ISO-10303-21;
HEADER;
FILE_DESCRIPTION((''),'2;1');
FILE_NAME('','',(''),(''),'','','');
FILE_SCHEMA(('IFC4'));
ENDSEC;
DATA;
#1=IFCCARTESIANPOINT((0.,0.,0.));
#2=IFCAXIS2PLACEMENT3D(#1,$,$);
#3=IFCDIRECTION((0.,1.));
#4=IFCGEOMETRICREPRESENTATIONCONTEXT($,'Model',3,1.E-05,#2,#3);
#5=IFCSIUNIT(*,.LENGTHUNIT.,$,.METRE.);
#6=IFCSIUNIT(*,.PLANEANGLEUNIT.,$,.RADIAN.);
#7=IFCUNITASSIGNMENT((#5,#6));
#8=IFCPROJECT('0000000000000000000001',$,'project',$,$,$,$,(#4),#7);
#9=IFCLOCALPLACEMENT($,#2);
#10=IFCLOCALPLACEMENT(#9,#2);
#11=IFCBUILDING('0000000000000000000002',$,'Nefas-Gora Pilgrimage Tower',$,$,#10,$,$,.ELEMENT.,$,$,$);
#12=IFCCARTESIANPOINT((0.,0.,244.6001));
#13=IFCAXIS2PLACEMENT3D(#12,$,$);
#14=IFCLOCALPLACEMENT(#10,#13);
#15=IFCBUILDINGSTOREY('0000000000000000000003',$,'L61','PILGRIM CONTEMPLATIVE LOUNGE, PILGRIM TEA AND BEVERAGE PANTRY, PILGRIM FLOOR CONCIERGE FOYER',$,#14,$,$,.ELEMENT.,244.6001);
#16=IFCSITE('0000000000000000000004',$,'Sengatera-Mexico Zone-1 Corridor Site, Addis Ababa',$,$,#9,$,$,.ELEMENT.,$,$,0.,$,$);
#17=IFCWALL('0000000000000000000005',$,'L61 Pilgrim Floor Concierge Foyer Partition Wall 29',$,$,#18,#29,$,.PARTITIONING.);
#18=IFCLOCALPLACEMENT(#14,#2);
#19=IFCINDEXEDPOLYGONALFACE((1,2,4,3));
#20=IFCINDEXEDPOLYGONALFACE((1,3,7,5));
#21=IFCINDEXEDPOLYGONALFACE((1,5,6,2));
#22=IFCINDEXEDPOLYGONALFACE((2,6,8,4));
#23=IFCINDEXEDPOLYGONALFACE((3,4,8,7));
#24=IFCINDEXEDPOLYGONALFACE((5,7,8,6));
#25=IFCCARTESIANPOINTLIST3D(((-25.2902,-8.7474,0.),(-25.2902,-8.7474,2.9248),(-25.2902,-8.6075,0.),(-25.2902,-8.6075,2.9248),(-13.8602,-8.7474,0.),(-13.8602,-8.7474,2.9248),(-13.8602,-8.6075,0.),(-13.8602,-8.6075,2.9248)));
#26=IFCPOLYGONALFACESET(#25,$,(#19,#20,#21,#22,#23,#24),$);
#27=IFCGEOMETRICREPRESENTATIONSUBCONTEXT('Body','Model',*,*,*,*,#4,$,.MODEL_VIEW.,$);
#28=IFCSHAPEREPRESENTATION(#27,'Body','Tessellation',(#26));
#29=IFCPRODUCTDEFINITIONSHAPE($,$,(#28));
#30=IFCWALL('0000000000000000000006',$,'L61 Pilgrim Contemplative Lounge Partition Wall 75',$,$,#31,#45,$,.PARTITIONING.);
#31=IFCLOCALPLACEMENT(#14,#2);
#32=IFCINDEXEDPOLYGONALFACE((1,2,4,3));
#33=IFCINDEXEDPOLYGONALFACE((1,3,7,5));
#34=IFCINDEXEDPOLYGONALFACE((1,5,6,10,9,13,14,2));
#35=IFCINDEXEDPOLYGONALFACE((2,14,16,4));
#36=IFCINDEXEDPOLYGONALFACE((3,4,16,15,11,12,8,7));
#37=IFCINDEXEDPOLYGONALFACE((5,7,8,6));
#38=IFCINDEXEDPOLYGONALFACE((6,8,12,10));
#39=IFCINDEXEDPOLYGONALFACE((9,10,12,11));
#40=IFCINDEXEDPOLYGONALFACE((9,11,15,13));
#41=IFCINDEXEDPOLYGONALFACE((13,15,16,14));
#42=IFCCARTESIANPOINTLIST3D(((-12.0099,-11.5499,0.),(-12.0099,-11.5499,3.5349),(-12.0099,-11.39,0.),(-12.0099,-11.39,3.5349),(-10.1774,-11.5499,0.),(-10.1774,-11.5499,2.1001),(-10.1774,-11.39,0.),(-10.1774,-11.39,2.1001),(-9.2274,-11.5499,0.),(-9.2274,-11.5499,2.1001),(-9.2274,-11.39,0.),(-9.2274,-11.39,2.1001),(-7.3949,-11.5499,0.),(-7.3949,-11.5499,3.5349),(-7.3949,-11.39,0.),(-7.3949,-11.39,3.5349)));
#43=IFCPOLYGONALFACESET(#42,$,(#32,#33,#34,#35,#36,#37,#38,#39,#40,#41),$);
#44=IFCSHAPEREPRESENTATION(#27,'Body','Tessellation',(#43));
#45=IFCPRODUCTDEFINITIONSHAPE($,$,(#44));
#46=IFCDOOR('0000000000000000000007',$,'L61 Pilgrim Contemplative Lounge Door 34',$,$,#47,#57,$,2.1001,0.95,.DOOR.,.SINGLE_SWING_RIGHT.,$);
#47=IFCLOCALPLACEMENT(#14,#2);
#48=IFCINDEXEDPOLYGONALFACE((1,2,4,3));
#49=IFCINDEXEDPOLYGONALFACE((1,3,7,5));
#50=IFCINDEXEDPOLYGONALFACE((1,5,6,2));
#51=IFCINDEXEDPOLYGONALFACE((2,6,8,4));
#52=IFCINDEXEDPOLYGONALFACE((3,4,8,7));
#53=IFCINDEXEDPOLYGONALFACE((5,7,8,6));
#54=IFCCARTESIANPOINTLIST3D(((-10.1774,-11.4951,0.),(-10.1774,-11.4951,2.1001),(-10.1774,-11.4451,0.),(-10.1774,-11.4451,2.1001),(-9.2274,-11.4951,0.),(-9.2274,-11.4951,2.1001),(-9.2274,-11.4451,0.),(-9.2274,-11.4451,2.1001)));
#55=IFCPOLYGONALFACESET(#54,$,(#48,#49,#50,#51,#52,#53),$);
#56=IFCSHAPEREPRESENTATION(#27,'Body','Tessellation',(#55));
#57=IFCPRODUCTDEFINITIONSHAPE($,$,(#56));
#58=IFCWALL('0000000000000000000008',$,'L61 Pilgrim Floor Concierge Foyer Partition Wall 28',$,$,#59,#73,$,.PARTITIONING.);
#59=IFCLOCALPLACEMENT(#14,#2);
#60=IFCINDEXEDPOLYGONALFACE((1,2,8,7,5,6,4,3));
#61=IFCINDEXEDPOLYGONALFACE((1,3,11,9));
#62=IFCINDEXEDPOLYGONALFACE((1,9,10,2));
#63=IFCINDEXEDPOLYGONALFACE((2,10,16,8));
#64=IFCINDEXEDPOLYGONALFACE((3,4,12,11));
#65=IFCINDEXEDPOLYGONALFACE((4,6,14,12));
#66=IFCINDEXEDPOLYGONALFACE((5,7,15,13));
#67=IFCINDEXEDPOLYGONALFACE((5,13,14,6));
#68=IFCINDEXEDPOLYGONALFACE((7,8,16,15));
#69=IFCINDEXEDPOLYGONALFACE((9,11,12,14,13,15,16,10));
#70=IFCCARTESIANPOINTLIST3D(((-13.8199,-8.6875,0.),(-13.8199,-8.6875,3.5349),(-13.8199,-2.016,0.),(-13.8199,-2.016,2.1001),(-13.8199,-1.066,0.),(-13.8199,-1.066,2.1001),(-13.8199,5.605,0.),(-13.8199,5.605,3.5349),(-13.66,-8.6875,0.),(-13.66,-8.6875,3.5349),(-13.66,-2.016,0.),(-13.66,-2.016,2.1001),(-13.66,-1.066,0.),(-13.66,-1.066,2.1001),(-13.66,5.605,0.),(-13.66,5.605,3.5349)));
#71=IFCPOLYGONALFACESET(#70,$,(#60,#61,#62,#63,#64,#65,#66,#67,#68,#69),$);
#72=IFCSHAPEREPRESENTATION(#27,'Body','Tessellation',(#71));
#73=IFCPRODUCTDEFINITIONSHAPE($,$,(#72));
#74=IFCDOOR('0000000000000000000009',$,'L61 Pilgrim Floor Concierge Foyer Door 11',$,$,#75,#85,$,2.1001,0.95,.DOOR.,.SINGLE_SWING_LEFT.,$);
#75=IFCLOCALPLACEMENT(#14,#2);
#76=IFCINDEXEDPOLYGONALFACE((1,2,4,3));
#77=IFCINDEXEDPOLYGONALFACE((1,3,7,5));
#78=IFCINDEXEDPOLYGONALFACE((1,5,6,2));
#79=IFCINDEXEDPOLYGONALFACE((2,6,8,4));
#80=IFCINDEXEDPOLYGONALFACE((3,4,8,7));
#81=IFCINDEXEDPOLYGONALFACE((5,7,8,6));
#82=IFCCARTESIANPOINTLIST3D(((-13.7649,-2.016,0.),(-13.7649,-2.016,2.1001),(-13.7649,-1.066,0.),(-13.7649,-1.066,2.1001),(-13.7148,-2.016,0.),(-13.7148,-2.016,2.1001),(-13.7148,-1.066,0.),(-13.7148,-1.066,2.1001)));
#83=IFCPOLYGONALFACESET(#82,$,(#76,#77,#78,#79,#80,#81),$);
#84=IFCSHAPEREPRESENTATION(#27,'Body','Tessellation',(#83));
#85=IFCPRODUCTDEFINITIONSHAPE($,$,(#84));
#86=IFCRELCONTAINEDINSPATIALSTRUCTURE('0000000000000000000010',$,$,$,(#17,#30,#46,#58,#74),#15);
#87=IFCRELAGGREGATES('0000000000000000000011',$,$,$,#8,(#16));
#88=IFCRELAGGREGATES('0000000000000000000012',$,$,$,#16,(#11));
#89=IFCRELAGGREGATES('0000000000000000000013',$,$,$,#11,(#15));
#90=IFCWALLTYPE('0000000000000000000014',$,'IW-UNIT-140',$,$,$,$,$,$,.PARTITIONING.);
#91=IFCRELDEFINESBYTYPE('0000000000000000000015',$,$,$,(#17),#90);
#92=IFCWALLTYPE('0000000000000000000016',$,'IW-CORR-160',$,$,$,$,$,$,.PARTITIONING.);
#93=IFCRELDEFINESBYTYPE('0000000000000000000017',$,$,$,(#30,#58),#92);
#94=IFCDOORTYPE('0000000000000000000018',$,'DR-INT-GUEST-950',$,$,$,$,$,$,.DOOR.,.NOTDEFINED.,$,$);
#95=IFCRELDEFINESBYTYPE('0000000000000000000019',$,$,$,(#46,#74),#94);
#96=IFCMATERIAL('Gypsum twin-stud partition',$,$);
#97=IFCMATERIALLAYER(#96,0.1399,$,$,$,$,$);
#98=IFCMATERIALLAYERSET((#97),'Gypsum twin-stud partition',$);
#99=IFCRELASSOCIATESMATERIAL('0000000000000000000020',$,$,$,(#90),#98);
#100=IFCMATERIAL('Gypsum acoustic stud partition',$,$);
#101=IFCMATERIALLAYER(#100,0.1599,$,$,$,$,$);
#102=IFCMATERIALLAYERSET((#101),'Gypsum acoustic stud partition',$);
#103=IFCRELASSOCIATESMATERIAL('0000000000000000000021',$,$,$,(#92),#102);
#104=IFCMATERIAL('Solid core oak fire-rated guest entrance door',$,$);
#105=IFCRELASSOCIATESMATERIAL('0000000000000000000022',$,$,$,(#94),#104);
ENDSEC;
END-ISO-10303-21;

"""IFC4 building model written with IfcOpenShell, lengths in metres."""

from ifc_helpers import new_model, si_unit, direction, frame, frame_2d, origin, place, context, subcontext, project, spatial, rectangle, extrude, source, transform, mapped, material, layer, layer_set, type_object, element, fill, save


model = new_model("IFC4")

# Units and contexts
model_context = context("Model", 3, precision=1e-05, world=origin(), true_north=direction((0.0, 1.0)))
body_context = subcontext(model_context, "Body", "Model", "MODEL_VIEW")
ifc_project = project(units=[si_unit("LENGTHUNIT", "METRE"), si_unit("PLANEANGLEUNIT", "RADIAN")], contexts=[model_context])

# Site, building, storey
site_placement = place(None, origin())
site = spatial("IfcSite", under=ifc_project, at=site_placement, Name="Sengatera-Mexico Zone-1 Corridor Site, Addis Ababa", CompositionType="ELEMENT", RefElevation=0.0)
building_placement = place(site_placement, origin())
building = spatial("IfcBuilding", under=site, at=building_placement, Name="Nefas-Gora Pilgrimage Tower", CompositionType="ELEMENT")
storey_placement = place(building_placement, frame((0.0, 0.0, 244.6001)))
storey = spatial("IfcBuildingStorey", under=building, at=storey_placement, Name="L61", Description="PILGRIM CONTEMPLATIVE LOUNGE, PILGRIM TEA AND BEVERAGE PANTRY, PILGRIM FLOOR CONCIERGE FOYER", CompositionType="ELEMENT", Elevation=244.6001)

# Wall
ifc_material_1 = material(Name="Gypsum twin-stud partition")
ifc_layer_1 = layer(ifc_material_1, 0.1399)
ifc_layer_set_1 = layer_set([ifc_layer_1], Name="Gypsum twin-stud partition")
wall_type_1 = type_object("IfcWallType", Name="IW-UNIT-140", PredefinedType="PARTITIONING", material=ifc_layer_set_1)
shared_shape_1 = source(origin(), body_context, "Body", "SweptSolid", [
    extrude(rectangle(XDim=11.4299, YDim=0.1399, at=frame_2d((5.7148, 0.0))), origin(), (0.0, 0.0, 1.0), 2.9248),
])
wall_1_placement = place(storey_placement, frame((-25.29, -8.6775, 0.0), z_axis=(0.0, 0.0, 1.0), x_axis=(1.0, 0.0, 0.0)))
element("IfcWall", 1, at=wall_1_placement, inside=storey, type_object=wall_type_1, Name="L61 Pilgrim Floor Concierge Foyer Partition Wall 29", PredefinedType="PARTITIONING", context=body_context, shape_type="MappedRepresentation", body=[
    mapped(shared_shape_1, transform((0.0, 0.0, 0.0), x_axis=(1.0, 0.0, 0.0), y_axis=(0.0, 1.0, 0.0), z_axis=(0.0, 0.0, 1.0), scale=1.0)),
])

# Walls, openings, doors
ifc_material_2 = material(Name="Gypsum acoustic stud partition")
ifc_layer_2 = layer(ifc_material_2, 0.1599)
ifc_layer_set_2 = layer_set([ifc_layer_2], Name="Gypsum acoustic stud partition")
wall_type_2 = type_object("IfcWallType", Name="IW-CORR-160", PredefinedType="PARTITIONING", material=ifc_layer_set_2)
shared_shape_2 = source(origin(), body_context, "Body", "SweptSolid", [
    extrude(rectangle(XDim=4.615, YDim=0.1599, at=frame_2d((2.3076, 0.0))), origin(), (0.0, 0.0, 1.0), 3.5349),
])
wall_2_placement = place(storey_placement, frame((-12.01, -11.47, 0.0), z_axis=(0.0, 0.0, 1.0), x_axis=(1.0, 0.0, 0.0)))
wall_2 = element("IfcWall", 2, at=wall_2_placement, inside=storey, type_object=wall_type_2, Name="L61 Pilgrim Contemplative Lounge Partition Wall 75", PredefinedType="PARTITIONING", context=body_context, shape_type="MappedRepresentation", body=[
    mapped(shared_shape_2, transform((0.0, 0.0, 0.0), x_axis=(1.0, 0.0, 0.0), y_axis=(0.0, 1.0, 0.0), z_axis=(0.0, 0.0, 1.0), scale=1.0)),
])
opening_1_placement = place(wall_2_placement, frame((1.8325, 0.0, 0.0)))
opening_1 = element("IfcOpeningElement", 3, at=opening_1_placement, cuts=wall_2, PredefinedType="OPENING", context=body_context, shape_type="SweptSolid", body=[
    extrude(rectangle(XDim=0.95, YDim=2.1001, at=frame_2d((0.4751, 1.05))), frame((0.0, 0.0898, 0.0), z_axis=(0.0, -1.0, 0.0), x_axis=(1.0, 0.0, 0.0)), (0.0, 0.0, 1.0), 0.1799),
])
ifc_material_3 = material(Name="Solid core oak fire-rated guest entrance door")
door_type_1 = type_object("IfcDoorType", Name="DR-INT-GUEST-950", OperationType="NOTDEFINED", PredefinedType="DOOR", material=ifc_material_3)
shared_shape_3 = source(origin(), body_context, "Body", "SweptSolid", [
    extrude(rectangle(XDim=0.95, YDim=2.1001, at=frame_2d((0.4751, 1.05))), frame((0.0, 0.0249, 0.0), z_axis=(0.0, -1.0, 0.0), x_axis=(1.0, 0.0, 0.0)), (0.0, 0.0, 1.0), 0.05),
])
door_1_placement = place(opening_1_placement, origin())
door_1 = element("IfcDoor", 4, at=door_1_placement, inside=storey, type_object=door_type_1, Name="L61 Pilgrim Contemplative Lounge Door 34", OperationType="SINGLE_SWING_RIGHT", OverallHeight=2.1001, OverallWidth=0.95, PredefinedType="DOOR", context=body_context, shape_type="MappedRepresentation", body=[
    mapped(shared_shape_3, transform((0.0, 0.0, 0.0), x_axis=(1.0, 0.0, 0.0), y_axis=(0.0, 1.0, 0.0), z_axis=(0.0, 0.0, 1.0), scale=1.0)),
])
fill(opening_1, door_1)
shared_shape_4 = source(origin(), body_context, "Body", "SweptSolid", [
    extrude(rectangle(XDim=14.2925, YDim=0.1599, at=frame_2d((7.1462, 0.0))), origin(), (0.0, 0.0, 1.0), 3.5349),
])
wall_3_placement = place(storey_placement, frame((-13.74, -8.6875, 0.0), z_axis=(0.0, 0.0, 1.0), x_axis=(0.0, 1.0, 0.0)))
wall_3 = element("IfcWall", 5, at=wall_3_placement, inside=storey, type_object=wall_type_2, Name="L61 Pilgrim Floor Concierge Foyer Partition Wall 28", PredefinedType="PARTITIONING", context=body_context, shape_type="MappedRepresentation", body=[
    mapped(shared_shape_4, transform((0.0, 0.0, 0.0), x_axis=(1.0, 0.0, 0.0), y_axis=(0.0, 1.0, 0.0), z_axis=(0.0, 0.0, 1.0), scale=1.0)),
])
opening_2_placement = place(wall_3_placement, frame((6.6714, 0.0, 0.0)))
opening_2 = element("IfcOpeningElement", 6, at=opening_2_placement, cuts=wall_3, PredefinedType="OPENING", context=body_context, shape_type="SweptSolid", body=[
    extrude(rectangle(XDim=0.95, YDim=2.1001, at=frame_2d((0.4751, 1.05))), frame((0.0, 0.0898, 0.0), z_axis=(0.0, -1.0, 0.0), x_axis=(1.0, 0.0, 0.0)), (0.0, 0.0, 1.0), 0.1799),
])
door_2_placement = place(opening_2_placement, origin())
door_2 = element("IfcDoor", 7, at=door_2_placement, inside=storey, type_object=door_type_1, Name="L61 Pilgrim Floor Concierge Foyer Door 11", OperationType="SINGLE_SWING_LEFT", OverallHeight=2.1001, OverallWidth=0.95, PredefinedType="DOOR", context=body_context, shape_type="MappedRepresentation", body=[
    mapped(shared_shape_3, transform((0.0, 0.0, 0.0), x_axis=(1.0, 0.0, 0.0), y_axis=(0.0, 1.0, 0.0), z_axis=(0.0, 0.0, 1.0), scale=1.0)),
])
fill(opening_2, door_2)

save(model, "model.ifc")
